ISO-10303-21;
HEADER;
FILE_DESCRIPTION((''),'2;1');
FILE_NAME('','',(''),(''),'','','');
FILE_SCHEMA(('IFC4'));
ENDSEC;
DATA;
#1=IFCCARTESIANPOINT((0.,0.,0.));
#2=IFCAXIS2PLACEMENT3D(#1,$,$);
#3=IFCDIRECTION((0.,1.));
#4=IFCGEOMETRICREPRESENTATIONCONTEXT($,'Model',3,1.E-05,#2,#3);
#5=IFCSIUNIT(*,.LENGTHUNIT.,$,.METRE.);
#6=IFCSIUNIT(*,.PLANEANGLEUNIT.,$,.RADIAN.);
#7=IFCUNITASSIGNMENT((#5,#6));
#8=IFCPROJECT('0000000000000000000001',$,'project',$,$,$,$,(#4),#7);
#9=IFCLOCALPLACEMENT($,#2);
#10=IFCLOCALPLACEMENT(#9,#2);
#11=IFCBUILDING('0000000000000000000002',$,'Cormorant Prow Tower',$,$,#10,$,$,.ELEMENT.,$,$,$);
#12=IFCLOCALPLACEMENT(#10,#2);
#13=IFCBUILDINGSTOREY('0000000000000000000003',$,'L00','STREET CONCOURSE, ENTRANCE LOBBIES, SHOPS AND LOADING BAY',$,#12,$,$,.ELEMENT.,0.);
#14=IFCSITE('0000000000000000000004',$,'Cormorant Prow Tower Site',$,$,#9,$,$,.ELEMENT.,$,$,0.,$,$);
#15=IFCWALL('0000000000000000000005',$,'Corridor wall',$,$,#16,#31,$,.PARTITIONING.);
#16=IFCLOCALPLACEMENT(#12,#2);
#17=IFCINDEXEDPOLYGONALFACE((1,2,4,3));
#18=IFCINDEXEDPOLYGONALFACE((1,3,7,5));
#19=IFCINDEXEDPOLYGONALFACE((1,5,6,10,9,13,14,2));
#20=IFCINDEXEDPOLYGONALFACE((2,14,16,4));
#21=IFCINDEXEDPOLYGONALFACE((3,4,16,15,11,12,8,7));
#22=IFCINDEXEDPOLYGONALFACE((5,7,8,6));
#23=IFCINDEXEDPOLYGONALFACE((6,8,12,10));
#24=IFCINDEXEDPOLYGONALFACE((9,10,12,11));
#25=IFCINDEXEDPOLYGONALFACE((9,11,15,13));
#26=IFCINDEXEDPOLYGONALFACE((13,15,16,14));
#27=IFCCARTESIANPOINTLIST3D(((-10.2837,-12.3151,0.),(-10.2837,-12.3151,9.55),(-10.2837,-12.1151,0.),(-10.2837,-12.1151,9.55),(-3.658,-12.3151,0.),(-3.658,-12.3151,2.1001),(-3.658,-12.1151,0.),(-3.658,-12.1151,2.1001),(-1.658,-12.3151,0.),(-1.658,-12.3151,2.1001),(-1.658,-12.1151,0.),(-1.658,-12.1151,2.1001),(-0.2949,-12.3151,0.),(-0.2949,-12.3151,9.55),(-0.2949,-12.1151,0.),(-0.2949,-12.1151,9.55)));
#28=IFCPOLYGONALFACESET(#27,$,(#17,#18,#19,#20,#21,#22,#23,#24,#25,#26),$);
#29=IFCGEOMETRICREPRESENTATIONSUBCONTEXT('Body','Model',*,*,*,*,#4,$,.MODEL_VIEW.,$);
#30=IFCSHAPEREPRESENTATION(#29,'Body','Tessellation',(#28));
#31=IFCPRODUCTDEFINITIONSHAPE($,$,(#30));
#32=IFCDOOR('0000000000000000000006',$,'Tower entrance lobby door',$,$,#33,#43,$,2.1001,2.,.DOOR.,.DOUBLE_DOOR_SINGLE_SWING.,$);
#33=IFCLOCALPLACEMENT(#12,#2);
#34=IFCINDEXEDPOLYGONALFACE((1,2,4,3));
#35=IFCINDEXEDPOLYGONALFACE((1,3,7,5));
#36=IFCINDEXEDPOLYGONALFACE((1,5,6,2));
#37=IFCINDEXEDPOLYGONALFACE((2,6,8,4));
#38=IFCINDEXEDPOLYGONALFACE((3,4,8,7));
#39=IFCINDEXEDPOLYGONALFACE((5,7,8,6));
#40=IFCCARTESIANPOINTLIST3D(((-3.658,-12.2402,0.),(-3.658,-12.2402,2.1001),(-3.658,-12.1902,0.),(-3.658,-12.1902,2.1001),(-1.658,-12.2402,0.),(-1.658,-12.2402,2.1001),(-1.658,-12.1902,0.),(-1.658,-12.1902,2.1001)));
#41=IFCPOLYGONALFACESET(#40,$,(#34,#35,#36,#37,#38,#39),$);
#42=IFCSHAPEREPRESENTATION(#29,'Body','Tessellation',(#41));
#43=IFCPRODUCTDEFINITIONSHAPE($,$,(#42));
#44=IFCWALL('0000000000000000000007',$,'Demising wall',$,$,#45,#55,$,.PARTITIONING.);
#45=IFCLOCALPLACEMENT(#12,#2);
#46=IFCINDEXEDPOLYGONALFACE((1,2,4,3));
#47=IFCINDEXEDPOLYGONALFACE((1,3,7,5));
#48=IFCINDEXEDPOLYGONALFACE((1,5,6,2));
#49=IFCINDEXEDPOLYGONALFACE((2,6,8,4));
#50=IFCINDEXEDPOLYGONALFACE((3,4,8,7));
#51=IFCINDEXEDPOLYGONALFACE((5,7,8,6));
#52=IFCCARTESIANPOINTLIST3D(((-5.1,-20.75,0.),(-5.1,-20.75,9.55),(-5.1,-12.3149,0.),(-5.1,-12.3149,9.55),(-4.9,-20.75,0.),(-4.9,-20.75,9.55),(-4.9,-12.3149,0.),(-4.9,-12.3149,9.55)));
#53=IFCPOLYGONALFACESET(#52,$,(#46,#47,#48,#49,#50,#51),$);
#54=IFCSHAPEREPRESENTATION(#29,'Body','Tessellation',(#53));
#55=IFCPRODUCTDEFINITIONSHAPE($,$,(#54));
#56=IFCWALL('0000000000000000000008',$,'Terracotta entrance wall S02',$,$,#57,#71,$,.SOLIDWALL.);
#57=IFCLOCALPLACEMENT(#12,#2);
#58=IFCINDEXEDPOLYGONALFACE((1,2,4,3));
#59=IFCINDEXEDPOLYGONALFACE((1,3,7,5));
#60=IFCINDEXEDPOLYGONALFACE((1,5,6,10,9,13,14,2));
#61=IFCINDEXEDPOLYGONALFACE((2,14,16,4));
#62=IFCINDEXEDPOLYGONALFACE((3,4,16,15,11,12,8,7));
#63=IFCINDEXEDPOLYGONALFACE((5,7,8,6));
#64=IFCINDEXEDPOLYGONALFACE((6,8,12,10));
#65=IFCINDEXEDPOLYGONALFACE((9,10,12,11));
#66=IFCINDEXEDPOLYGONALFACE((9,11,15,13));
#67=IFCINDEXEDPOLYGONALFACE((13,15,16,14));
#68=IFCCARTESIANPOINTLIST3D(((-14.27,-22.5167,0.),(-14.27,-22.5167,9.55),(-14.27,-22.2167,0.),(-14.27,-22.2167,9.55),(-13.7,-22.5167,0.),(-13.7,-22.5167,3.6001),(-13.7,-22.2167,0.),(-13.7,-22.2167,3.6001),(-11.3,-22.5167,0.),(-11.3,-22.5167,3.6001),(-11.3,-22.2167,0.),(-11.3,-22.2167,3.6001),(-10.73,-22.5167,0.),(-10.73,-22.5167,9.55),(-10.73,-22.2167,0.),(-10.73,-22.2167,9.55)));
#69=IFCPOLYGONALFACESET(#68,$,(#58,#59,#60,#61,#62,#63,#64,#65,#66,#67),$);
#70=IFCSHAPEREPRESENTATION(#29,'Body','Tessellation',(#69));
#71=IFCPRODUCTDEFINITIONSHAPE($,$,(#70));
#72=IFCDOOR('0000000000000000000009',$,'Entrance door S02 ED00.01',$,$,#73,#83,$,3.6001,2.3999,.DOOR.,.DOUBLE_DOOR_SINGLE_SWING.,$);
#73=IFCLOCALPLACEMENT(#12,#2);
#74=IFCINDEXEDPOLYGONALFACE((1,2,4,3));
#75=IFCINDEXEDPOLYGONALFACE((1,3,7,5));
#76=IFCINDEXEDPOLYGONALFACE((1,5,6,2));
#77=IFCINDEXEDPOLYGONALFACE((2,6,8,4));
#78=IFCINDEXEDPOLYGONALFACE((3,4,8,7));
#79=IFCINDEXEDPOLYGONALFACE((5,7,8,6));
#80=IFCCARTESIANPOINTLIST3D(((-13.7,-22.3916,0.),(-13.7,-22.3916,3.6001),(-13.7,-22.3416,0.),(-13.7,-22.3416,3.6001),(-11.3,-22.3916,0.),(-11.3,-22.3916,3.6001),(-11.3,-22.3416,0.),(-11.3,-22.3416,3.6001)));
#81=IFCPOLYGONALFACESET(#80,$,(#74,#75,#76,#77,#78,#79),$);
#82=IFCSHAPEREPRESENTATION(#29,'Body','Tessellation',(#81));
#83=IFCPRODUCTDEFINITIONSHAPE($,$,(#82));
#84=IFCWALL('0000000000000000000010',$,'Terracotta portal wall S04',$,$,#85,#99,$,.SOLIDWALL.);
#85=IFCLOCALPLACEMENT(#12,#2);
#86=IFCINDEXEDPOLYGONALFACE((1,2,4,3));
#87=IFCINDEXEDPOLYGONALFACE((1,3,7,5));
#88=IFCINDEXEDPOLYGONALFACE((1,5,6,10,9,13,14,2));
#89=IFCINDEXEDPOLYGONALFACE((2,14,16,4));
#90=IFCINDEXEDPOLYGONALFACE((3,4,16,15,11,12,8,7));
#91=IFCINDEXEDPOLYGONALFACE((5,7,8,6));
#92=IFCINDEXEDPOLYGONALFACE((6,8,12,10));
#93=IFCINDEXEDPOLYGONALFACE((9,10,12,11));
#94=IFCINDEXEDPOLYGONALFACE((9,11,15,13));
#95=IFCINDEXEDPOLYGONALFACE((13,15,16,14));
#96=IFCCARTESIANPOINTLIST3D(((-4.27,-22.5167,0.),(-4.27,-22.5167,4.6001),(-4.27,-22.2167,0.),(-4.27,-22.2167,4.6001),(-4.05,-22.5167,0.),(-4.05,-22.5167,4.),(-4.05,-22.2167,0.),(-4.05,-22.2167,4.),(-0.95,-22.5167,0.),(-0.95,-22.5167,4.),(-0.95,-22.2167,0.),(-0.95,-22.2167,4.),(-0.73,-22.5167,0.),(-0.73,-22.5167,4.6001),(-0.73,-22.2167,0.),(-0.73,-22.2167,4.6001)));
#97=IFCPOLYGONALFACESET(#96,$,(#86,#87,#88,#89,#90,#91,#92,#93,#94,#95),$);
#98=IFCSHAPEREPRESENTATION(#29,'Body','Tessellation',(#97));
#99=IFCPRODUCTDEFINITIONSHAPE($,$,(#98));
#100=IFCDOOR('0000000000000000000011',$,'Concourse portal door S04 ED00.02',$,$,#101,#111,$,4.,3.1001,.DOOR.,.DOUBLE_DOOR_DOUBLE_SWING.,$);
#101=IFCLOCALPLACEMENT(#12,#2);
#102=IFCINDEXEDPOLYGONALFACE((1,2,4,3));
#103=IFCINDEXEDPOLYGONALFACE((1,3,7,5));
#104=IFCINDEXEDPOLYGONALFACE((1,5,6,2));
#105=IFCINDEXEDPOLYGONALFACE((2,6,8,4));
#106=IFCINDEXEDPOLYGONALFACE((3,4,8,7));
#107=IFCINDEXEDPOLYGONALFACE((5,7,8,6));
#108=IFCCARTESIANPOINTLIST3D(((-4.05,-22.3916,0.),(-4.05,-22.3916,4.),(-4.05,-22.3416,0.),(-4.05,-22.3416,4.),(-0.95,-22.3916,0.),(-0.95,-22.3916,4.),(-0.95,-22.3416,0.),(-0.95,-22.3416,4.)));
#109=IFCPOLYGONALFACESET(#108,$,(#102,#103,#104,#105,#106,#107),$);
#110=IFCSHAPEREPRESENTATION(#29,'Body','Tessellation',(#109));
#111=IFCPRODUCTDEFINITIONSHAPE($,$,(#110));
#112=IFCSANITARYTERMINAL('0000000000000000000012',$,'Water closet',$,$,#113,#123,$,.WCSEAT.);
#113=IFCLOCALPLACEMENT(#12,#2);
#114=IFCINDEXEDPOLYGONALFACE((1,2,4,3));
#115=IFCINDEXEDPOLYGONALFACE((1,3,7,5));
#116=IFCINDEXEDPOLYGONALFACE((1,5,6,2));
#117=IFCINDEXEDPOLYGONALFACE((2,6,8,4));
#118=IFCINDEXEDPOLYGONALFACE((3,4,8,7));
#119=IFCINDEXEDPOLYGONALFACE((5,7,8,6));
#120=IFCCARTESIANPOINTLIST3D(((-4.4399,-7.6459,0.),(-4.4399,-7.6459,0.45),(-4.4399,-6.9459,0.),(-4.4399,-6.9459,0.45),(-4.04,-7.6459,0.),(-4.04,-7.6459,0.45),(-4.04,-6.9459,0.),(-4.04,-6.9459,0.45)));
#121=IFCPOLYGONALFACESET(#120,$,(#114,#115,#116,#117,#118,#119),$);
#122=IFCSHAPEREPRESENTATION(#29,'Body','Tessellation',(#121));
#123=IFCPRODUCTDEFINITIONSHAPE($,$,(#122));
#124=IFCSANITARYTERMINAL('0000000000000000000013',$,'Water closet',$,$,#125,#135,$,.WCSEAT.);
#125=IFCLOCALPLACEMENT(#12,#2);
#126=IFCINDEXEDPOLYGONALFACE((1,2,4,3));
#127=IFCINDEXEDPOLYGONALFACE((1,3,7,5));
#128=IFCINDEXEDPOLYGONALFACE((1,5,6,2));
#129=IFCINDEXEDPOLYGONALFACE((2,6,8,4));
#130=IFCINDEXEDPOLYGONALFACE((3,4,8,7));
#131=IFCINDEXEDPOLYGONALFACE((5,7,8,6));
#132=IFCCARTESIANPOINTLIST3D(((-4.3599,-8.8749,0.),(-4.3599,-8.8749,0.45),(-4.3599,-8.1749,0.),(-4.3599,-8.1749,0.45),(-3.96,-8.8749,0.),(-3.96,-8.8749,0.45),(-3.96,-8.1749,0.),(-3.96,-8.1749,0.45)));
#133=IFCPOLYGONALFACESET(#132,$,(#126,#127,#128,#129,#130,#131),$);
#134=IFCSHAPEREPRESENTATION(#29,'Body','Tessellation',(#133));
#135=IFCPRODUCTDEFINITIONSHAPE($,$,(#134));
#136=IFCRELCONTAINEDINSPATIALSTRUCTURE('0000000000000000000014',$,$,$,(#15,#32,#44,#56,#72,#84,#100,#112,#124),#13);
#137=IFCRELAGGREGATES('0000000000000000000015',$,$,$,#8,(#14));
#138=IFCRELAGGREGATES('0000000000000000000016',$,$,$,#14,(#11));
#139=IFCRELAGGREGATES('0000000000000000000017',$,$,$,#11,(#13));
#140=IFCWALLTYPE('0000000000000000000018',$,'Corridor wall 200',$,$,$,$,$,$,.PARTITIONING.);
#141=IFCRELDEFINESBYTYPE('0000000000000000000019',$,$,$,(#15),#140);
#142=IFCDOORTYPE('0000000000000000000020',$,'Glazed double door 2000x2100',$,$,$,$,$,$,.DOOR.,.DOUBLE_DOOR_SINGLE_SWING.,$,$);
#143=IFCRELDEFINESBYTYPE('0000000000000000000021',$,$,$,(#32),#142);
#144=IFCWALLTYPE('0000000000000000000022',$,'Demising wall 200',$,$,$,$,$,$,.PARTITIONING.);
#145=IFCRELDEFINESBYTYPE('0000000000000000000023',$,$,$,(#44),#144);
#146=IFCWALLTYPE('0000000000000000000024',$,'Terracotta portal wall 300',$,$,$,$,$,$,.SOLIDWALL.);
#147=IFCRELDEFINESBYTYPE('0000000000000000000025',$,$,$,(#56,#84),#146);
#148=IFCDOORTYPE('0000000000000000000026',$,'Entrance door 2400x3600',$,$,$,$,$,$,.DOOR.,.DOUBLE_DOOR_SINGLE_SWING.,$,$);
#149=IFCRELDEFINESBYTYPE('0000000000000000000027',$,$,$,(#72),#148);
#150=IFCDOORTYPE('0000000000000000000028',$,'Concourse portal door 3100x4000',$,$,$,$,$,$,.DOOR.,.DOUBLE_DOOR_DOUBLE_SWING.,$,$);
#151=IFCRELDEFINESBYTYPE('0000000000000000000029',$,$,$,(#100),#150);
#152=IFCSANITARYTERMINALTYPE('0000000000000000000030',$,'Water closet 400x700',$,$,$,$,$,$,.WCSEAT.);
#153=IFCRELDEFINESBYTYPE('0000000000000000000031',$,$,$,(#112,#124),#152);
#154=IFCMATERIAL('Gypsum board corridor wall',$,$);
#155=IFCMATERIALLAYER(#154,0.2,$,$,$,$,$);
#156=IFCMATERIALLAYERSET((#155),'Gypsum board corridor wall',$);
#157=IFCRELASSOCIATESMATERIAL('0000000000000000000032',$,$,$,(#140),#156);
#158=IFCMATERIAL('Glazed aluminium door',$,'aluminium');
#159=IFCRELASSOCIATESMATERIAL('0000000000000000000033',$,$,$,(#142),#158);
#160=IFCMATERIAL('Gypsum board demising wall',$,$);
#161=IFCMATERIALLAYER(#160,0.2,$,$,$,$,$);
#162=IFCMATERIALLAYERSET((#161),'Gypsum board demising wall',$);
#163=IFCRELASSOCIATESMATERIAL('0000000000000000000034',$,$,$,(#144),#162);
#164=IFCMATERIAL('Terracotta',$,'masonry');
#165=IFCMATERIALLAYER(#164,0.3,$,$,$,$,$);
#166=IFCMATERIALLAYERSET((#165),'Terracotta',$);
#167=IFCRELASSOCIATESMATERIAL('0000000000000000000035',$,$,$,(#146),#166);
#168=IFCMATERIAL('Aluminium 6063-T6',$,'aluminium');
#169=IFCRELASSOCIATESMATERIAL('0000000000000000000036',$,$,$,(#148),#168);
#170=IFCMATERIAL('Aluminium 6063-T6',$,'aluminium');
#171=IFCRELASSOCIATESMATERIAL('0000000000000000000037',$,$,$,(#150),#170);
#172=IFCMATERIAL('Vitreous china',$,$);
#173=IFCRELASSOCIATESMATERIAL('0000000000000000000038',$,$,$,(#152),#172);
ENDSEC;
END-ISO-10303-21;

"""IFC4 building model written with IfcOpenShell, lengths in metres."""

from ifc_helpers import new_model, si_unit, direction, frame, frame_2d, origin, origin_2d, place, context, subcontext, project, spatial, rectangle, extrude, material, layer, layer_set, type_object, element, fill, save


model = new_model("IFC4")

# Units and contexts
model_context = context("Model", 3, precision=1e-05, world=origin(), true_north=direction((0.0, 1.0)))
body_context = subcontext(model_context, "Body", "Model", "MODEL_VIEW")
ifc_project = project(units=[si_unit("LENGTHUNIT", "METRE"), si_unit("PLANEANGLEUNIT", "RADIAN")], contexts=[model_context])

# Site, building, storey
site_placement = place(None, origin())
site = spatial("IfcSite", under=ifc_project, at=site_placement, Name="Cormorant Prow Tower Site", CompositionType="ELEMENT", RefElevation=0.0)
building_placement = place(site_placement, origin())
building = spatial("IfcBuilding", under=site, at=building_placement, Name="Cormorant Prow Tower", CompositionType="ELEMENT")
storey_placement = place(building_placement, origin())
storey = spatial("IfcBuildingStorey", under=building, at=storey_placement, Name="L00", Description="STREET CONCOURSE, ENTRANCE LOBBIES, SHOPS AND LOADING BAY", CompositionType="ELEMENT", Elevation=0.0)

# Wall, opening, door
ifc_material_1 = material(Name="Gypsum board corridor wall")
ifc_layer_1 = layer(ifc_material_1, 0.2)
ifc_layer_set_1 = layer_set([ifc_layer_1], Name="Gypsum board corridor wall")
wall_type_1 = type_object("IfcWallType", Name="Corridor wall 200", PredefinedType="PARTITIONING", material=ifc_layer_set_1)
wall_1_placement = place(storey_placement, frame((-10.2837, -12.2151, 0.0), z_axis=(0.0, 0.0, 1.0), x_axis=(1.0, 0.0, 0.0)))
wall_1 = element("IfcWall", 1, at=wall_1_placement, inside=storey, type_object=wall_type_1, Name="Corridor wall", PredefinedType="PARTITIONING", context=body_context, shape_type="SweptSolid", body=[
    extrude(rectangle(XDim=9.9888, YDim=0.2, at=frame_2d((4.9944, 0.0))), origin(), (0.0, 0.0, 1.0), 9.55),
])
opening_1_placement = place(wall_1_placement, frame((6.6257, 0.0, 0.0)))
opening_1 = element("IfcOpeningElement", 2, at=opening_1_placement, cuts=wall_1, PredefinedType="OPENING", context=body_context, shape_type="SweptSolid", body=[
    extrude(rectangle(XDim=2.0, YDim=2.1001, at=frame_2d((1.0, 1.05))), frame((0.0, 0.1099, 0.0), z_axis=(0.0, -1.0, 0.0), x_axis=(1.0, 0.0, 0.0)), (0.0, 0.0, 1.0), 0.22),
])
ifc_material_2 = material(Name="Glazed aluminium door", Category="aluminium")
door_type_1 = type_object("IfcDoorType", Name="Glazed double door 2000x2100", OperationType="DOUBLE_DOOR_SINGLE_SWING", PredefinedType="DOOR", material=ifc_material_2)
door_1_placement = place(opening_1_placement, origin())
door_1 = element("IfcDoor", 3, at=door_1_placement, inside=storey, type_object=door_type_1, Name="Tower entrance lobby door", OperationType="DOUBLE_DOOR_SINGLE_SWING", OverallHeight=2.1001, OverallWidth=2.0, PredefinedType="DOOR", context=body_context, shape_type="SweptSolid", body=[
    extrude(rectangle(XDim=2.0, YDim=2.1001, at=frame_2d((1.0, 1.05))), frame((0.0, 0.0249, 0.0), z_axis=(0.0, -1.0, 0.0), x_axis=(1.0, 0.0, 0.0)), (0.0, 0.0, 1.0), 0.05),
])
fill(opening_1, door_1)

# Wall
ifc_material_3 = material(Name="Gypsum board demising wall")
ifc_layer_2 = layer(ifc_material_3, 0.2)
ifc_layer_set_2 = layer_set([ifc_layer_2], Name="Gypsum board demising wall")
wall_type_2 = type_object("IfcWallType", Name="Demising wall 200", PredefinedType="PARTITIONING", material=ifc_layer_set_2)
wall_2_placement = place(storey_placement, frame((-5.0, -20.75, 0.0), z_axis=(0.0, 0.0, 1.0), x_axis=(0.0, 1.0, 0.0)))
element("IfcWall", 4, at=wall_2_placement, inside=storey, type_object=wall_type_2, Name="Demising wall", PredefinedType="PARTITIONING", context=body_context, shape_type="SweptSolid", body=[
    extrude(rectangle(XDim=8.4351, YDim=0.2, at=frame_2d((4.2175, 0.0))), origin(), (0.0, 0.0, 1.0), 9.55),
])

# Walls, openings, doors
ifc_material_4 = material(Name="Terracotta", Category="masonry")
ifc_layer_3 = layer(ifc_material_4, 0.3)
ifc_layer_set_3 = layer_set([ifc_layer_3], Name="Terracotta")
wall_type_3 = type_object("IfcWallType", Name="Terracotta portal wall 300", PredefinedType="SOLIDWALL", material=ifc_layer_set_3)
wall_3_placement = place(storey_placement, frame((-10.73, -22.3667, 0.0), z_axis=(0.0, 0.0, 1.0), x_axis=(-1.0, 0.0, 0.0)))
wall_3 = element("IfcWall", 5, at=wall_3_placement, inside=storey, type_object=wall_type_3, Name="Terracotta entrance wall S02", PredefinedType="SOLIDWALL", context=body_context, shape_type="SweptSolid", body=[
    extrude(rectangle(XDim=3.54, YDim=0.3, at=frame_2d((1.77, 0.0))), origin(), (0.0, 0.0, 1.0), 9.55),
])
opening_2_placement = place(wall_3_placement, frame((0.5701, 0.0, 0.0)))
opening_2 = element("IfcOpeningElement", 6, at=opening_2_placement, cuts=wall_3, PredefinedType="OPENING", context=body_context, shape_type="SweptSolid", body=[
    extrude(rectangle(XDim=2.3999, YDim=3.6001, at=frame_2d((1.2, 1.8))), frame((0.0, 0.1599, 0.0), z_axis=(0.0, -1.0, 0.0), x_axis=(1.0, 0.0, 0.0)), (0.0, 0.0, 1.0), 0.3201),
])
ifc_material_5 = material(Name="Aluminium 6063-T6", Category="aluminium")
door_type_2 = type_object("IfcDoorType", Name="Entrance door 2400x3600", OperationType="DOUBLE_DOOR_SINGLE_SWING", PredefinedType="DOOR", material=ifc_material_5)
door_2_placement = place(opening_2_placement, origin())
door_2 = element("IfcDoor", 7, at=door_2_placement, inside=storey, type_object=door_type_2, Name="Entrance door S02 ED00.01", OperationType="DOUBLE_DOOR_SINGLE_SWING", OverallHeight=3.6001, OverallWidth=2.3999, PredefinedType="DOOR", context=body_context, shape_type="SweptSolid", body=[
    extrude(rectangle(XDim=2.3999, YDim=3.6001, at=frame_2d((1.2, 1.8))), frame((0.0, 0.0249, 0.0), z_axis=(0.0, -1.0, 0.0), x_axis=(1.0, 0.0, 0.0)), (0.0, 0.0, 1.0), 0.05),
])
fill(opening_2, door_2)
wall_4_placement = place(storey_placement, frame((-0.73, -22.3667, 0.0), z_axis=(0.0, 0.0, 1.0), x_axis=(-1.0, 0.0, 0.0)))
wall_4 = element("IfcWall", 8, at=wall_4_placement, inside=storey, type_object=wall_type_3, Name="Terracotta portal wall S04", PredefinedType="SOLIDWALL", context=body_context, shape_type="SweptSolid", body=[
    extrude(rectangle(XDim=3.54, YDim=0.3, at=frame_2d((1.77, 0.0))), origin(), (0.0, 0.0, 1.0), 4.6001),
])
opening_3_placement = place(wall_4_placement, frame((0.22, 0.0, 0.0)))
opening_3 = element("IfcOpeningElement", 9, at=opening_3_placement, cuts=wall_4, PredefinedType="OPENING", context=body_context, shape_type="SweptSolid", body=[
    extrude(rectangle(XDim=3.1001, YDim=4.0, at=frame_2d((1.55, 2.0))), frame((0.0, 0.1599, 0.0), z_axis=(0.0, -1.0, 0.0), x_axis=(1.0, 0.0, 0.0)), (0.0, 0.0, 1.0), 0.3201),
])
ifc_material_6 = material(Name="Aluminium 6063-T6", Category="aluminium")
door_type_3 = type_object("IfcDoorType", Name="Concourse portal door 3100x4000", OperationType="DOUBLE_DOOR_DOUBLE_SWING", PredefinedType="DOOR", material=ifc_material_6)
door_3_placement = place(opening_3_placement, origin())
door_3 = element("IfcDoor", 10, at=door_3_placement, inside=storey, type_object=door_type_3, Name="Concourse portal door S04 ED00.02", OperationType="DOUBLE_DOOR_DOUBLE_SWING", OverallHeight=4.0, OverallWidth=3.1001, PredefinedType="DOOR", context=body_context, shape_type="SweptSolid", body=[
    extrude(rectangle(XDim=3.1001, YDim=4.0, at=frame_2d((1.55, 2.0))), frame((0.0, 0.0249, 0.0), z_axis=(0.0, -1.0, 0.0), x_axis=(1.0, 0.0, 0.0)), (0.0, 0.0, 1.0), 0.05),
])
fill(opening_3, door_3)

# Sanitary terminals
ifc_material_7 = material(Name="Vitreous china")
sanitary_terminal_type = type_object("IfcSanitaryTerminalType", Name="Water closet 400x700", PredefinedType="WCSEAT", material=ifc_material_7)
for number, where, z_axis, x_axis, name in (
    (11, (-4.24, -7.2959, 0.0), (0.0, 0.0, 1.0), (-1.0, 0.0, 0.0), "Water closet"),
    (12, (-4.1599, -8.5249, 0.0), (0.0, 0.0, 1.0), (1.0, 0.0, 0.0), "Water closet"),
):
    element("IfcSanitaryTerminal", number, at=place(storey_placement, frame(where, z_axis=z_axis, x_axis=x_axis)), inside=storey, type_object=sanitary_terminal_type, Name=name, PredefinedType="WCSEAT", context=body_context, shape_type="SweptSolid", body=[
        extrude(rectangle(XDim=0.3999, YDim=0.7, at=origin_2d()), origin(), (0.0, 0.0, 1.0), 0.45),
    ])

save(model, "model.ifc")
